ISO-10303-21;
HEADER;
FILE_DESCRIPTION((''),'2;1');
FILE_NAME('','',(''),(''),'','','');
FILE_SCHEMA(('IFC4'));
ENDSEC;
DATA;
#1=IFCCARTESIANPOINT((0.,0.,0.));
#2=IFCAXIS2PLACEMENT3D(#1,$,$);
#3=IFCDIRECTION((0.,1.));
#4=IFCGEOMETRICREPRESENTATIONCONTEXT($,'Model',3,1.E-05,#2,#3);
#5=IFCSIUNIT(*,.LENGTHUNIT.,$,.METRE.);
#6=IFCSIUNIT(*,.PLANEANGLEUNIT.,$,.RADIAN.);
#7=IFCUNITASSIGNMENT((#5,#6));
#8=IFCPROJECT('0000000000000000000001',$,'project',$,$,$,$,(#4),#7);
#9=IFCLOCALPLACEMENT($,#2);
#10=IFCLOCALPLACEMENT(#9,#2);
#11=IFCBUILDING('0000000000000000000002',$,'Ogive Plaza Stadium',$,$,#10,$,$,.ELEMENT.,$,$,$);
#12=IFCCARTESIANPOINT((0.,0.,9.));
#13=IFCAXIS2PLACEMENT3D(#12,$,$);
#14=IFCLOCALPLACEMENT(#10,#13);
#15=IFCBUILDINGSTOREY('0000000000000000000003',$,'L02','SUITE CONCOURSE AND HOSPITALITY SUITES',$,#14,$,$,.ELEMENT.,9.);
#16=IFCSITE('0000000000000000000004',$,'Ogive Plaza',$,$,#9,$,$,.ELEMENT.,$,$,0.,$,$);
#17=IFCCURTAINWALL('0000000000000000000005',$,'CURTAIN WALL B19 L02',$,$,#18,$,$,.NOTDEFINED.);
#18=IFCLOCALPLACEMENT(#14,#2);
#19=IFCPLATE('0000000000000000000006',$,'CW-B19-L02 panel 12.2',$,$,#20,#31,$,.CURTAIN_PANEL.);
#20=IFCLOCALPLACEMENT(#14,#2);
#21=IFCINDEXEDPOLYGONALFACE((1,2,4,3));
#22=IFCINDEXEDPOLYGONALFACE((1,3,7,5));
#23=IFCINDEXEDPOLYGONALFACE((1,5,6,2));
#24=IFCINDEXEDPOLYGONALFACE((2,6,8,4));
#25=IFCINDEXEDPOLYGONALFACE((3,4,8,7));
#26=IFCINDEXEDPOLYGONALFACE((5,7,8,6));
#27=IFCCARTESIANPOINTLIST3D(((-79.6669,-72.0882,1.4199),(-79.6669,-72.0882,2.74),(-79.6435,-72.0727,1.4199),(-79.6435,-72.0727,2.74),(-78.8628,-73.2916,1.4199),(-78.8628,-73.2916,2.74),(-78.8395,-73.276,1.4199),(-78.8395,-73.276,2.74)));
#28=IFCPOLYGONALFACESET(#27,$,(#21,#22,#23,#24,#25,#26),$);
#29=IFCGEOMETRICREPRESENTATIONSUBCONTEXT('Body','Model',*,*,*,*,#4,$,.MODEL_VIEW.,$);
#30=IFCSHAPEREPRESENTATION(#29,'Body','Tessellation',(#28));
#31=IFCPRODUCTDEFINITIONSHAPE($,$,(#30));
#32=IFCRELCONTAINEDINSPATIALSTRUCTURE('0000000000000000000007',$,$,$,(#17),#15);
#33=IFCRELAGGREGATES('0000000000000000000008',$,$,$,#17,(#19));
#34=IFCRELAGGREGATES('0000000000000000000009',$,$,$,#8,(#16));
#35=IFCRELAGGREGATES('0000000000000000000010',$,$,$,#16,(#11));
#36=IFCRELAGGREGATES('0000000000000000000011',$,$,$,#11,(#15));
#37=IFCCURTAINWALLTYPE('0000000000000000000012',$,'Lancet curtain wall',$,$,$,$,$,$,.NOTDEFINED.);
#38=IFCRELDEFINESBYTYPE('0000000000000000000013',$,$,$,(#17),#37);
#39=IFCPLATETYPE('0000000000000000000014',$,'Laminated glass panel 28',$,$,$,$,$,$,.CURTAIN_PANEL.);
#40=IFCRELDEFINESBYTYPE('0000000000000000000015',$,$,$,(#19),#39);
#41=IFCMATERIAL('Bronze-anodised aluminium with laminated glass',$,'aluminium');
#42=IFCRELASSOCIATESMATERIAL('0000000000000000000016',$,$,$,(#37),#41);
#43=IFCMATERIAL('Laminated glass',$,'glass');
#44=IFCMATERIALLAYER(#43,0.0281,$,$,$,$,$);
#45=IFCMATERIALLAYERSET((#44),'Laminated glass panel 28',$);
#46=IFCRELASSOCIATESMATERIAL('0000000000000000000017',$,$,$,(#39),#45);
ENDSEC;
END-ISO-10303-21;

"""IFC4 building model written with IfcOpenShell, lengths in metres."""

from ifc_helpers import new_model, si_unit, direction, frame, origin, origin_2d, place, context, subcontext, project, spatial, rectangle, extrude, material, layer, layer_set, type_object, element, aggregate, save


model = new_model("IFC4")

# Units and contexts
model_context = context("Model", 3, precision=1e-05, world=origin(), true_north=direction((0.0, 1.0)))
body_context = subcontext(model_context, "Body", "Model", "MODEL_VIEW")
ifc_project = project(units=[si_unit("LENGTHUNIT", "METRE"), si_unit("PLANEANGLEUNIT", "RADIAN")], contexts=[model_context])

# Site, building, storey
site_placement = place(None, origin())
site = spatial("IfcSite", under=ifc_project, at=site_placement, Name="Ogive Plaza", CompositionType="ELEMENT", RefElevation=0.0)
building_placement = place(site_placement, origin())
building = spatial("IfcBuilding", under=site, at=building_placement, Name="Ogive Plaza Stadium", CompositionType="ELEMENT")
storey_placement = place(building_placement, frame((0.0, 0.0, 9.0)))
storey = spatial("IfcBuildingStorey", under=building, at=storey_placement, Name="L02", Description="SUITE CONCOURSE AND HOSPITALITY SUITES", CompositionType="ELEMENT", Elevation=9.0)

# Curtain wall, plate
ifc_material_1 = material(Name="Bronze-anodised aluminium with laminated glass", Category="aluminium")
curtain_wall_type = type_object("IfcCurtainWallType", Name="Lancet curtain wall", PredefinedType="NOTDEFINED", material=ifc_material_1)
curtain_wall_placement = place(storey_placement, origin())
curtain_wall = element("IfcCurtainWall", 1, at=curtain_wall_placement, inside=storey, type_object=curtain_wall_type, Name="CURTAIN WALL B19 L02", PredefinedType="NOTDEFINED")
ifc_material_2 = material(Name="Laminated glass", Category="glass")
ifc_layer = layer(ifc_material_2, 0.0281)
ifc_layer_set = layer_set([ifc_layer], Name="Laminated glass panel 28")
plate_type = type_object("IfcPlateType", Name="Laminated glass panel 28", PredefinedType="CURTAIN_PANEL", material=ifc_layer_set)
plate_1_placement = place(storey_placement, frame((-79.2532, -72.6821, 1.4199), z_axis=(0.0, 0.0, 1.0), x_axis=(-0.55557, 0.83147, 0.0)))
plate_1 = element("IfcPlate", 2, at=plate_1_placement, type_object=plate_type, Name="CW-B19-L02 panel 12.2", PredefinedType="CURTAIN_PANEL", context=body_context, shape_type="SweptSolid", body=[
    extrude(rectangle(XDim=1.4473, YDim=0.0281, at=origin_2d()), origin(), (0.0, 0.0, 1.0), 1.3201),
])
aggregate(curtain_wall, [plate_1])

save(model, "model.ifc")
